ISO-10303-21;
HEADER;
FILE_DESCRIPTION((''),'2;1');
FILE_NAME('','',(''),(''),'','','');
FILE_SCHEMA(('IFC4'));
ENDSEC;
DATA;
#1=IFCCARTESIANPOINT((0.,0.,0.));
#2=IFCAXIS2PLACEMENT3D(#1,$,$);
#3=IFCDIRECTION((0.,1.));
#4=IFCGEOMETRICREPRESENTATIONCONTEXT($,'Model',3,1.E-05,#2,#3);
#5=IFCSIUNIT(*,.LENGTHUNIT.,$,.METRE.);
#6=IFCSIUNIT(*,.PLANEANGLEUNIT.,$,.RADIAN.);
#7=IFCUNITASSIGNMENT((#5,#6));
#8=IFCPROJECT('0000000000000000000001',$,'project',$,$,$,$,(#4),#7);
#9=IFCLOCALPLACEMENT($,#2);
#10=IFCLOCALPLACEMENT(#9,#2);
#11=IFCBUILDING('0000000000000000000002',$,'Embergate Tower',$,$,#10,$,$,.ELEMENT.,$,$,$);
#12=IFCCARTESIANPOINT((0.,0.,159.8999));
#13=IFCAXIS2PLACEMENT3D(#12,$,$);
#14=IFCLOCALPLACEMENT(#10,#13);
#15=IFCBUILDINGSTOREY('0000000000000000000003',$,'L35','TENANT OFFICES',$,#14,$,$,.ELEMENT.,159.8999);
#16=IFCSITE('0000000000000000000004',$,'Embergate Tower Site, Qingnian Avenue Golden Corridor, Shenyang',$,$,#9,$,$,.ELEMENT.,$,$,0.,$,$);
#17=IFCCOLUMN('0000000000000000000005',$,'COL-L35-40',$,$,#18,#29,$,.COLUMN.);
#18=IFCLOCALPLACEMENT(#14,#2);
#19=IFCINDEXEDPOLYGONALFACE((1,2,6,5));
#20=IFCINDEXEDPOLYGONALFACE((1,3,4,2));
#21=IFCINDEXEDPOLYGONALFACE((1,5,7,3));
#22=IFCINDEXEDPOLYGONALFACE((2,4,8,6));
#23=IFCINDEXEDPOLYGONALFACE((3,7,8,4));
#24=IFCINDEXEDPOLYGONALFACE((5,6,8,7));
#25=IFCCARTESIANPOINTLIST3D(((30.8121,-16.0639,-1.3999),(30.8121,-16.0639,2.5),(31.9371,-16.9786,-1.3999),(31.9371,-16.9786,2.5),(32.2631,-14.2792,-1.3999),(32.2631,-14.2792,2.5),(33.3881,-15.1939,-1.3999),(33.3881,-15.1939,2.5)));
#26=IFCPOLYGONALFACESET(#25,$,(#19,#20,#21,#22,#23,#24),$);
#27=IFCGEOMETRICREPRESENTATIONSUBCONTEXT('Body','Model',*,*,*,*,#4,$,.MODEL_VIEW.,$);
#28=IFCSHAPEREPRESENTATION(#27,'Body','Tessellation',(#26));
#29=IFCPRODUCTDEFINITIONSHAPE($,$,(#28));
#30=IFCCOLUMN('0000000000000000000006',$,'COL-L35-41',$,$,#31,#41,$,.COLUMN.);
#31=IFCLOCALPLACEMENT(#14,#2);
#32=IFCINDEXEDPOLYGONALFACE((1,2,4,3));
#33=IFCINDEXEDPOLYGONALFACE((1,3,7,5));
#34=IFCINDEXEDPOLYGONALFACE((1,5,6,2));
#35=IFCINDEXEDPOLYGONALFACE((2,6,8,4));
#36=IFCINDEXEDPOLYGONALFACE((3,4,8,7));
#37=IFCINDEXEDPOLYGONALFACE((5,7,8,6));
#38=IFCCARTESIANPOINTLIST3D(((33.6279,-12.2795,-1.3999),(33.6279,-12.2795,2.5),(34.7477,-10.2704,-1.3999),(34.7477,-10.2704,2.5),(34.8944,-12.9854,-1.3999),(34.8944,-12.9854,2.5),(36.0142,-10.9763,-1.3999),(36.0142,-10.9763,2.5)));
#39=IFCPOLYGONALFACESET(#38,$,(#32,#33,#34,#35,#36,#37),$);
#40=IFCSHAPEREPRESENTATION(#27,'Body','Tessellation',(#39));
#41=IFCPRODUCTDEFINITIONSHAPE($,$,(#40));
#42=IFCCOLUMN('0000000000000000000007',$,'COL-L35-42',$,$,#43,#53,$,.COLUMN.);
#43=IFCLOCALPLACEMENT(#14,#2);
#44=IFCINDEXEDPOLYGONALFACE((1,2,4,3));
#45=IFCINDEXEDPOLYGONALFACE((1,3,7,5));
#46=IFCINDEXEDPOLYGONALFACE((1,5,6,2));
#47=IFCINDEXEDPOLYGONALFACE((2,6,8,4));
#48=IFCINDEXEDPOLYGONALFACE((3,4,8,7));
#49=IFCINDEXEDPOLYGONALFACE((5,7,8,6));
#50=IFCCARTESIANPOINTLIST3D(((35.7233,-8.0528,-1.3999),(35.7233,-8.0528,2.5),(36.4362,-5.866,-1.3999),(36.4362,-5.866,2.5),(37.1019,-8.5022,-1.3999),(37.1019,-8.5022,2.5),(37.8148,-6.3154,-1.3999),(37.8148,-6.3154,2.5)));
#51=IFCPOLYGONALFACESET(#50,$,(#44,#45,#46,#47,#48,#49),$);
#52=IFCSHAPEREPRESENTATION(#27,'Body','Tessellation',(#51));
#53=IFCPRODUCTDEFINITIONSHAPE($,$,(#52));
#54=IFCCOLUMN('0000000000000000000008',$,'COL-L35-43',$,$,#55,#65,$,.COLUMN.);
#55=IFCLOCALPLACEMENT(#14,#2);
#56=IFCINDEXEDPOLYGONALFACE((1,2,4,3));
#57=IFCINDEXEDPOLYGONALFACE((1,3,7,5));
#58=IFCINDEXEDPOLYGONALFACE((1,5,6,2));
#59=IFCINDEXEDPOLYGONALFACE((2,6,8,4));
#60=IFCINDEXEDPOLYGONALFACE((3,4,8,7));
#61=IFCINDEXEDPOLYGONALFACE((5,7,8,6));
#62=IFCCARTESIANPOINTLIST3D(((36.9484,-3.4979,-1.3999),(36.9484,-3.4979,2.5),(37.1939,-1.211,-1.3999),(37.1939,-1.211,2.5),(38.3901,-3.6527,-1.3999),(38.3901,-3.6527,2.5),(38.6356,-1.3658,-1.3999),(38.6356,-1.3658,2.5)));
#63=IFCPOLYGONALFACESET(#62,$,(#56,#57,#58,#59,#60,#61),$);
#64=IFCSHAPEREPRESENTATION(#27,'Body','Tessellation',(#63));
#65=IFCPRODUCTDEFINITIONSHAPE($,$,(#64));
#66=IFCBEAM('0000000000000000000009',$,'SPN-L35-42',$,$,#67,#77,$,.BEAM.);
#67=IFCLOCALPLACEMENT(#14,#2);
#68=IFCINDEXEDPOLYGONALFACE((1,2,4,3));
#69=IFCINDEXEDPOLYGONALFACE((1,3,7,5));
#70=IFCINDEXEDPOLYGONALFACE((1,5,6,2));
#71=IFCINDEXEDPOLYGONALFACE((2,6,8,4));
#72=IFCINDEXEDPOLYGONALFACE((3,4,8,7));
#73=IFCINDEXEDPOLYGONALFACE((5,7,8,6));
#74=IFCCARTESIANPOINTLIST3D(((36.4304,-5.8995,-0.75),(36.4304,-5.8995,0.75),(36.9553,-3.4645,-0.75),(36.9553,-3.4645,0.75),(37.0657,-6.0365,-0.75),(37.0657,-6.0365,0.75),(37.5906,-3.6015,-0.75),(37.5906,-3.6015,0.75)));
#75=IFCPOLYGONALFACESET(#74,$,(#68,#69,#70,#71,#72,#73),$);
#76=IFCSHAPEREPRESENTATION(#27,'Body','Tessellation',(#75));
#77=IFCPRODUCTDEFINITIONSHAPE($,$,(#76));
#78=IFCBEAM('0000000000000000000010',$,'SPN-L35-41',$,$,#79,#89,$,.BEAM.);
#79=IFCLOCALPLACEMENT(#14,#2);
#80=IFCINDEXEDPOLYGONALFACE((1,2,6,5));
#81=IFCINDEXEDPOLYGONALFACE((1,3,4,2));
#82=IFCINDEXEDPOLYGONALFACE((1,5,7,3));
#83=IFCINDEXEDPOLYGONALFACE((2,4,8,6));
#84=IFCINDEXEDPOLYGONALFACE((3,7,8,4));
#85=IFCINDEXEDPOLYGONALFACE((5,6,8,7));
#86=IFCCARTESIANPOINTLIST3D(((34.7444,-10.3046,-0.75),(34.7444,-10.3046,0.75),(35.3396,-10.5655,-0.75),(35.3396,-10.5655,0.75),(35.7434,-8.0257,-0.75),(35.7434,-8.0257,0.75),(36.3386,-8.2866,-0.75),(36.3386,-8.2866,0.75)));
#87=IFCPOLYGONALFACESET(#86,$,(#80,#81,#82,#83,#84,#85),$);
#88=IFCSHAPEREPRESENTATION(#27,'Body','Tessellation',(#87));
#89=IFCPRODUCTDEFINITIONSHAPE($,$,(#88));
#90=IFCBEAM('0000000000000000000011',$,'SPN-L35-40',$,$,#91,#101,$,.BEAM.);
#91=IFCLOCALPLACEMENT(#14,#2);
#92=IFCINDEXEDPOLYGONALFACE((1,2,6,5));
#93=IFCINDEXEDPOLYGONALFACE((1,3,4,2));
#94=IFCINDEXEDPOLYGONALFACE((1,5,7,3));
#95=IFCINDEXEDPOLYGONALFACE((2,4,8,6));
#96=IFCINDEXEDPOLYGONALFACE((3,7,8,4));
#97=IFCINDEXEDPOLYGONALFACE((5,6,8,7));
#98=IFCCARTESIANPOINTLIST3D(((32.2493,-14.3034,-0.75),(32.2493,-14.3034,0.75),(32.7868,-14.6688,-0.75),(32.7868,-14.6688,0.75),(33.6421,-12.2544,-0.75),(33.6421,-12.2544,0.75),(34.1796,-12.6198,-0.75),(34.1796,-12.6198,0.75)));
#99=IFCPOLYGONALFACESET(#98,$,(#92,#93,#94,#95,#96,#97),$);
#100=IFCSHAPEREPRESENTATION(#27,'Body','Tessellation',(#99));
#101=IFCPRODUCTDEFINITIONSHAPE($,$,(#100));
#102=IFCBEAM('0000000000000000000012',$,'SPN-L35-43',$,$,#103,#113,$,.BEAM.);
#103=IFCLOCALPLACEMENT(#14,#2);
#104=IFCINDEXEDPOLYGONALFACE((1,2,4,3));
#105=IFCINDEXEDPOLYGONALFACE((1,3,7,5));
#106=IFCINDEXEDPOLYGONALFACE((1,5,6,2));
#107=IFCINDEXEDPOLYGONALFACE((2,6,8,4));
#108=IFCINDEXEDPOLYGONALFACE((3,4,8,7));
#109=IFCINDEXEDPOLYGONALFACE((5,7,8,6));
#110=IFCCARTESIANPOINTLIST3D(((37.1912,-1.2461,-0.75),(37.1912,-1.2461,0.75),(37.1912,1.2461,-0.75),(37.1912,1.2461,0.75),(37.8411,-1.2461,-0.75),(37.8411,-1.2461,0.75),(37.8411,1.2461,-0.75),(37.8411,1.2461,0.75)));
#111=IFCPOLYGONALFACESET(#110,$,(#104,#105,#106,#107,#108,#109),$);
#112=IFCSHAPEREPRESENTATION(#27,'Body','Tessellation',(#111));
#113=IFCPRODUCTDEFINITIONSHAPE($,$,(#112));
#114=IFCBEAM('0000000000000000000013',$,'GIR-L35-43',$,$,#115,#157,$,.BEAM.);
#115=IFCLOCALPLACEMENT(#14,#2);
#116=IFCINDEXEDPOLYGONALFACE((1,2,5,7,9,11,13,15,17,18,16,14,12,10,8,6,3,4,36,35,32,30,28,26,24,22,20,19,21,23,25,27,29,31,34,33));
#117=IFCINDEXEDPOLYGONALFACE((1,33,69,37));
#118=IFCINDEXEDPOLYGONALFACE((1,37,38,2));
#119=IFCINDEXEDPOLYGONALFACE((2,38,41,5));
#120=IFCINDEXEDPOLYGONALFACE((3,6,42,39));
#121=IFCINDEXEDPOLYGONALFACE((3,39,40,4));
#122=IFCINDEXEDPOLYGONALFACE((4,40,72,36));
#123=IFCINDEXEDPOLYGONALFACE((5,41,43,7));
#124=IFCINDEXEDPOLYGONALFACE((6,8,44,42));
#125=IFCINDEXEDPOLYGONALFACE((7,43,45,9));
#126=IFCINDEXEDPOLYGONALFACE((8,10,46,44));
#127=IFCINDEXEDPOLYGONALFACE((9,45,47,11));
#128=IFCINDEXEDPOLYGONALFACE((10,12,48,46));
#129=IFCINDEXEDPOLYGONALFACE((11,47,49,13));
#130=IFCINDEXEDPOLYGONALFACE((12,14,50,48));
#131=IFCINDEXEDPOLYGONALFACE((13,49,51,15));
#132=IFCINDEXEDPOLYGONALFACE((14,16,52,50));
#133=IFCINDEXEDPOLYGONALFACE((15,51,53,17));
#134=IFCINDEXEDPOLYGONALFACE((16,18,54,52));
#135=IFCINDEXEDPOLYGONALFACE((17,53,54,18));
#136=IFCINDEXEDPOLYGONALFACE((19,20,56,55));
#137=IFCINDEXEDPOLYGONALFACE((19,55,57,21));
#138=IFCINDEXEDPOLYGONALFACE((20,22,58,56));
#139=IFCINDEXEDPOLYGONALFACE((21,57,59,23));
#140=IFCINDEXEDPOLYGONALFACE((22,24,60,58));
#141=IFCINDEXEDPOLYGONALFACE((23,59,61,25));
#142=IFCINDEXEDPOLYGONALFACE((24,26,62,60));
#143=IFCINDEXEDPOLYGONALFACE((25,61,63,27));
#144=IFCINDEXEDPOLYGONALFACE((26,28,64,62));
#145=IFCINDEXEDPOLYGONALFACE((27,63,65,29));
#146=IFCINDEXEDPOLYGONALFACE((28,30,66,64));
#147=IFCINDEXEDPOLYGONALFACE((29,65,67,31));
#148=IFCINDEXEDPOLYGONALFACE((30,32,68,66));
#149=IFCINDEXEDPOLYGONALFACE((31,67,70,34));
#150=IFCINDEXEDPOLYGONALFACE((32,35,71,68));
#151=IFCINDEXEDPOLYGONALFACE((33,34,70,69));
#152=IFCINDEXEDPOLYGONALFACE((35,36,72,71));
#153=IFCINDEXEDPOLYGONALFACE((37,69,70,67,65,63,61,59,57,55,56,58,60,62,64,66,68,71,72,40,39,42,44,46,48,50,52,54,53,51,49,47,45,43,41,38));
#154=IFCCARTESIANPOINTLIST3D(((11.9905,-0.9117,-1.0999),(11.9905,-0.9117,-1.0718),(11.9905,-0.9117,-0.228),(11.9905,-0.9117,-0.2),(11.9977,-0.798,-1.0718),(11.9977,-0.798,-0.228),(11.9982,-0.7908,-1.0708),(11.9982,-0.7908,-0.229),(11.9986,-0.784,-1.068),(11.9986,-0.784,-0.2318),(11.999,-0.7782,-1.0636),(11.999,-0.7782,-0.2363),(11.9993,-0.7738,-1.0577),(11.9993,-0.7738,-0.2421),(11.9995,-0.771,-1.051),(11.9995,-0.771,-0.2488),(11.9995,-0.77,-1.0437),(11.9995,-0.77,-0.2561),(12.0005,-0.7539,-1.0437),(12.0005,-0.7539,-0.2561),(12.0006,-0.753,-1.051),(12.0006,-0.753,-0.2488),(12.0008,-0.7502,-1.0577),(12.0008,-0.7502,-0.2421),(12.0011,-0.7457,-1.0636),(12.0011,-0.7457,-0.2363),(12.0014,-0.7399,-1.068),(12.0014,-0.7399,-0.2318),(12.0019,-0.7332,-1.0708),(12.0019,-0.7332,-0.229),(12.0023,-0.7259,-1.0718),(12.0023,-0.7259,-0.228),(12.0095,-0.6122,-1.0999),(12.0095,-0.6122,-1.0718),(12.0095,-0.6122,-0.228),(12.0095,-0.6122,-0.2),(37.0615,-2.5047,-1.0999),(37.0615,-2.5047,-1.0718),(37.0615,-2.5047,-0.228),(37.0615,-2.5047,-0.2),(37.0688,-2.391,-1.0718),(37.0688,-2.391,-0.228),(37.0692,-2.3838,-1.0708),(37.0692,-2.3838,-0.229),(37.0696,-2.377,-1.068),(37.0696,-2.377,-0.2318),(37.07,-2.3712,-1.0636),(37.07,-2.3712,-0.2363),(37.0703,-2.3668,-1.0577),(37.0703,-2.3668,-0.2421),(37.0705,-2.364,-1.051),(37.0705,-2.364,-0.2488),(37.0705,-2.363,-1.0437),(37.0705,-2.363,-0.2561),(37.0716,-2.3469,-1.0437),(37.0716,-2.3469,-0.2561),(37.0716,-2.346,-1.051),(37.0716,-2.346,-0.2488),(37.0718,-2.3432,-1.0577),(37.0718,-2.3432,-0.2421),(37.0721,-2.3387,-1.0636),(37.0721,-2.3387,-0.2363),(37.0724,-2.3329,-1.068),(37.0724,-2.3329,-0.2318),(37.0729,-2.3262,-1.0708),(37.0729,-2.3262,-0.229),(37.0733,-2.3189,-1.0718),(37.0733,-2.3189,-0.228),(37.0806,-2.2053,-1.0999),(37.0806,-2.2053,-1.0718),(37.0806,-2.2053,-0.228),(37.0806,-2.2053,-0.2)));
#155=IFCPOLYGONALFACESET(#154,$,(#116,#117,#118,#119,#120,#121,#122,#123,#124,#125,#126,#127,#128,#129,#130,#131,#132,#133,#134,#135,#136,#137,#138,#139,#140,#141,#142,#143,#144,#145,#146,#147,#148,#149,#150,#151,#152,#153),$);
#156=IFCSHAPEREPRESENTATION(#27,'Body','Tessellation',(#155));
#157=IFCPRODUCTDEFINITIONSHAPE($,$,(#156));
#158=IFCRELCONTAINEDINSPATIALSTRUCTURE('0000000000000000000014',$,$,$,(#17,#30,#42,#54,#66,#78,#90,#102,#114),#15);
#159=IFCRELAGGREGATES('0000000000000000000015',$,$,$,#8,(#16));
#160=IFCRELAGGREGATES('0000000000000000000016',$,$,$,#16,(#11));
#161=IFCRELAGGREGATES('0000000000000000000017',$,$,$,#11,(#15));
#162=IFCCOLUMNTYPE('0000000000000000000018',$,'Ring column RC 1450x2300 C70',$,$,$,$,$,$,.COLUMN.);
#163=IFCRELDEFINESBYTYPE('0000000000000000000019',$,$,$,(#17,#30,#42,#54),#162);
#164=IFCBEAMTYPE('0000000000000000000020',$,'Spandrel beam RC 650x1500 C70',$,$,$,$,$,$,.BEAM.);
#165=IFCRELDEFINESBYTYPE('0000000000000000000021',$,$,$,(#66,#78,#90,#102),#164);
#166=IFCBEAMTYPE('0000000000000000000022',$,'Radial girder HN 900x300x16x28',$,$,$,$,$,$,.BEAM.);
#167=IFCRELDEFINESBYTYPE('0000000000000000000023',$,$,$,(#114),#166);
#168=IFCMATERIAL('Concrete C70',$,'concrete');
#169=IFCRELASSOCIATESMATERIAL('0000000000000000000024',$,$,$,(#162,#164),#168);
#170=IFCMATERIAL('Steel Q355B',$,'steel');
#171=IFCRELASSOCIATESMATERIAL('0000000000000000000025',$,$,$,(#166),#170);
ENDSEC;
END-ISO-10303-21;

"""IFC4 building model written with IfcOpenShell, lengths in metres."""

from ifc_helpers import new_model, si_unit, direction, frame, origin, origin_2d, place, context, subcontext, project, spatial, rectangle, i_section, extrude, source, transform, mapped, material, material_profile, profile_set, type_object, element, save


model = new_model("IFC4")

# Units and contexts
model_context = context("Model", 3, precision=1e-05, world=origin(), true_north=direction((0.0, 1.0)))
body_context = subcontext(model_context, "Body", "Model", "MODEL_VIEW")
ifc_project = project(units=[si_unit("LENGTHUNIT", "METRE"), si_unit("PLANEANGLEUNIT", "RADIAN")], contexts=[model_context])

# Site, building, storey
site_placement = place(None, origin())
site = spatial("IfcSite", under=ifc_project, at=site_placement, Name="Embergate Tower Site, Qingnian Avenue Golden Corridor, Shenyang", CompositionType="ELEMENT", RefElevation=0.0)
building_placement = place(site_placement, origin())
building = spatial("IfcBuilding", under=site, at=building_placement, Name="Embergate Tower", CompositionType="ELEMENT")
storey_placement = place(building_placement, frame((0.0, 0.0, 159.8999)))
storey = spatial("IfcBuildingStorey", under=building, at=storey_placement, Name="L35", Description="TENANT OFFICES", CompositionType="ELEMENT", Elevation=159.8999)

# Columns
ifc_material_1 = material(Name="Concrete C70", Category="concrete")
ifc_material_profile_1 = material_profile(ifc_material_1, rectangle(XDim=1.45, YDim=2.3, at=origin_2d()), Name="RC 1450x2300")
ifc_profile_set_1 = profile_set([ifc_material_profile_1], Name="Concrete C70")
column_type = type_object("IfcColumnType", Name="Ring column RC 1450x2300 C70", PredefinedType="COLUMN", material=ifc_profile_set_1)
shared_shape_1 = source(origin(), body_context, "Body", "SweptSolid", [
    extrude(rectangle(XDim=1.45, YDim=2.3, at=origin_2d()), origin(), (0.0, 0.0, 1.0), 3.8999),
])
for number, where, z_axis, x_axis, name in (
    (1, (32.1001, -15.6289, -1.3999), (0.0, 0.0, 1.0), (0.775914, -0.630838, 0.0), "COL-L35-40"),
    (2, (34.821, -11.6279, -1.3999), (0.0, 0.0, 1.0), (0.873492, -0.486839, 0.0), "COL-L35-41"),
    (3, (36.769, -7.1841, -1.3999), (0.0, 0.0, 1.0), (0.950754, -0.309946, 0.0), "COL-L35-42"),
    (4, (37.792, -2.4319, -1.3999), (0.0, 0.0, 1.0), (0.994286, -0.10675, 0.0), "COL-L35-43"),
):
    element("IfcColumn", number, at=place(storey_placement, frame(where, z_axis=z_axis, x_axis=x_axis)), inside=storey, type_object=column_type, Name=name, PredefinedType="COLUMN", context=body_context, shape_type="MappedRepresentation", body=[
        mapped(shared_shape_1, transform((0.0, 0.0, 0.0))),
    ])

# Beams
ifc_material_profile_2 = material_profile(ifc_material_1, rectangle(XDim=0.6499, YDim=1.5, at=origin_2d()), Name="RC 650x1500")
ifc_profile_set_2 = profile_set([ifc_material_profile_2], Name="Concrete C70")
beam_type_1 = type_object("IfcBeamType", Name="Spandrel beam RC 650x1500 C70", PredefinedType="BEAM", material=ifc_profile_set_2)
shared_shape_2 = source(origin(), body_context, "Body", "SweptSolid", [
    extrude(rectangle(XDim=0.6499, YDim=1.5, at=origin_2d()), origin(), (0.0, 0.0, 1.0), 2.491),
])
beam_1_placement = place(storey_placement, frame((36.748, -5.968, 0.0), z_axis=(0.21072, 0.977546, 0.0), x_axis=(-0.977546, 0.21072, 0.0)))
element("IfcBeam", 5, at=beam_1_placement, inside=storey, type_object=beam_type_1, Name="SPN-L35-42", PredefinedType="BEAM", context=body_context, shape_type="MappedRepresentation", body=[
    mapped(shared_shape_2, transform((0.0, 0.0, 0.0))),
])
shared_shape_3 = source(origin(), body_context, "Body", "SweptSolid", [
    extrude(rectangle(XDim=0.6499, YDim=1.5, at=origin_2d()), origin(), (0.0, 0.0, 1.0), 2.4883),
])
beam_2_placement = place(storey_placement, frame((35.042, -10.4351, 0.0), z_axis=(0.401472, 0.915871, 0.0), x_axis=(-0.915871, 0.401472, 0.0)))
element("IfcBeam", 6, at=beam_2_placement, inside=storey, type_object=beam_type_1, Name="SPN-L35-41", PredefinedType="BEAM", context=body_context, shape_type="MappedRepresentation", body=[
    mapped(shared_shape_3, transform((0.0, 0.0, 0.0))),
])
shared_shape_4 = source(origin(), body_context, "Body", "SweptSolid", [
    extrude(rectangle(XDim=0.6499, YDim=1.5, at=origin_2d()), origin(), (0.0, 0.0, 1.0), 2.4775),
])
beam_3_placement = place(storey_placement, frame((32.5181, -14.4861, 0.0), z_axis=(0.562159, 0.827029, 0.0), x_axis=(-0.827029, 0.562159, 0.0)))
element("IfcBeam", 7, at=beam_3_placement, inside=storey, type_object=beam_type_1, Name="SPN-L35-40", PredefinedType="BEAM", context=body_context, shape_type="MappedRepresentation", body=[
    mapped(shared_shape_4, transform((0.0, 0.0, 0.0))),
])
shared_shape_5 = source(origin(), body_context, "Body", "SweptSolid", [
    extrude(rectangle(XDim=0.6499, YDim=1.5, at=origin_2d()), origin(), (0.0, 0.0, 1.0), 2.4922),
])
beam_4_placement = place(storey_placement, frame((37.5161, -1.2461, 0.0), z_axis=(0.0, 1.0, 0.0), x_axis=(-1.0, 0.0, 0.0)))
element("IfcBeam", 8, at=beam_4_placement, inside=storey, type_object=beam_type_1, Name="SPN-L35-43", PredefinedType="BEAM", context=body_context, shape_type="MappedRepresentation", body=[
    mapped(shared_shape_5, transform((0.0, 0.0, 0.0))),
])
ifc_material_2 = material(Name="Steel Q355B", Category="steel")
ifc_material_profile_3 = material_profile(ifc_material_2, i_section(OverallWidth=0.3, OverallDepth=0.8999, WebThickness=0.0161, FlangeThickness=0.0281, FilletRadius=0.0281, at=origin_2d()), Name="HN 900x300x16x28")
ifc_profile_set_3 = profile_set([ifc_material_profile_3], Name="Steel Q355 grade B")
beam_type_2 = type_object("IfcBeamType", Name="Radial girder HN 900x300x16x28", PredefinedType="BEAM", material=ifc_profile_set_3)
shared_shape_6 = source(origin(), body_context, "Body", "SweptSolid", [
    extrude(i_section(OverallWidth=0.3, OverallDepth=0.8999, WebThickness=0.0161, FlangeThickness=0.0281, FilletRadius=0.0281, at=origin_2d()), origin(), (0.0, 0.0, 1.0), 25.1216),
])
beam_5_placement = place(storey_placement, frame((37.071, -2.355, -0.6499), z_axis=(-0.997987, 0.063412, 0.0), x_axis=(-0.063412, -0.997987, 0.0)))
element("IfcBeam", 9, at=beam_5_placement, inside=storey, type_object=beam_type_2, Name="GIR-L35-43", PredefinedType="BEAM", context=body_context, shape_type="MappedRepresentation", body=[
    mapped(shared_shape_6, transform((0.0, 0.0, 0.0))),
])

save(model, "model.ifc")
